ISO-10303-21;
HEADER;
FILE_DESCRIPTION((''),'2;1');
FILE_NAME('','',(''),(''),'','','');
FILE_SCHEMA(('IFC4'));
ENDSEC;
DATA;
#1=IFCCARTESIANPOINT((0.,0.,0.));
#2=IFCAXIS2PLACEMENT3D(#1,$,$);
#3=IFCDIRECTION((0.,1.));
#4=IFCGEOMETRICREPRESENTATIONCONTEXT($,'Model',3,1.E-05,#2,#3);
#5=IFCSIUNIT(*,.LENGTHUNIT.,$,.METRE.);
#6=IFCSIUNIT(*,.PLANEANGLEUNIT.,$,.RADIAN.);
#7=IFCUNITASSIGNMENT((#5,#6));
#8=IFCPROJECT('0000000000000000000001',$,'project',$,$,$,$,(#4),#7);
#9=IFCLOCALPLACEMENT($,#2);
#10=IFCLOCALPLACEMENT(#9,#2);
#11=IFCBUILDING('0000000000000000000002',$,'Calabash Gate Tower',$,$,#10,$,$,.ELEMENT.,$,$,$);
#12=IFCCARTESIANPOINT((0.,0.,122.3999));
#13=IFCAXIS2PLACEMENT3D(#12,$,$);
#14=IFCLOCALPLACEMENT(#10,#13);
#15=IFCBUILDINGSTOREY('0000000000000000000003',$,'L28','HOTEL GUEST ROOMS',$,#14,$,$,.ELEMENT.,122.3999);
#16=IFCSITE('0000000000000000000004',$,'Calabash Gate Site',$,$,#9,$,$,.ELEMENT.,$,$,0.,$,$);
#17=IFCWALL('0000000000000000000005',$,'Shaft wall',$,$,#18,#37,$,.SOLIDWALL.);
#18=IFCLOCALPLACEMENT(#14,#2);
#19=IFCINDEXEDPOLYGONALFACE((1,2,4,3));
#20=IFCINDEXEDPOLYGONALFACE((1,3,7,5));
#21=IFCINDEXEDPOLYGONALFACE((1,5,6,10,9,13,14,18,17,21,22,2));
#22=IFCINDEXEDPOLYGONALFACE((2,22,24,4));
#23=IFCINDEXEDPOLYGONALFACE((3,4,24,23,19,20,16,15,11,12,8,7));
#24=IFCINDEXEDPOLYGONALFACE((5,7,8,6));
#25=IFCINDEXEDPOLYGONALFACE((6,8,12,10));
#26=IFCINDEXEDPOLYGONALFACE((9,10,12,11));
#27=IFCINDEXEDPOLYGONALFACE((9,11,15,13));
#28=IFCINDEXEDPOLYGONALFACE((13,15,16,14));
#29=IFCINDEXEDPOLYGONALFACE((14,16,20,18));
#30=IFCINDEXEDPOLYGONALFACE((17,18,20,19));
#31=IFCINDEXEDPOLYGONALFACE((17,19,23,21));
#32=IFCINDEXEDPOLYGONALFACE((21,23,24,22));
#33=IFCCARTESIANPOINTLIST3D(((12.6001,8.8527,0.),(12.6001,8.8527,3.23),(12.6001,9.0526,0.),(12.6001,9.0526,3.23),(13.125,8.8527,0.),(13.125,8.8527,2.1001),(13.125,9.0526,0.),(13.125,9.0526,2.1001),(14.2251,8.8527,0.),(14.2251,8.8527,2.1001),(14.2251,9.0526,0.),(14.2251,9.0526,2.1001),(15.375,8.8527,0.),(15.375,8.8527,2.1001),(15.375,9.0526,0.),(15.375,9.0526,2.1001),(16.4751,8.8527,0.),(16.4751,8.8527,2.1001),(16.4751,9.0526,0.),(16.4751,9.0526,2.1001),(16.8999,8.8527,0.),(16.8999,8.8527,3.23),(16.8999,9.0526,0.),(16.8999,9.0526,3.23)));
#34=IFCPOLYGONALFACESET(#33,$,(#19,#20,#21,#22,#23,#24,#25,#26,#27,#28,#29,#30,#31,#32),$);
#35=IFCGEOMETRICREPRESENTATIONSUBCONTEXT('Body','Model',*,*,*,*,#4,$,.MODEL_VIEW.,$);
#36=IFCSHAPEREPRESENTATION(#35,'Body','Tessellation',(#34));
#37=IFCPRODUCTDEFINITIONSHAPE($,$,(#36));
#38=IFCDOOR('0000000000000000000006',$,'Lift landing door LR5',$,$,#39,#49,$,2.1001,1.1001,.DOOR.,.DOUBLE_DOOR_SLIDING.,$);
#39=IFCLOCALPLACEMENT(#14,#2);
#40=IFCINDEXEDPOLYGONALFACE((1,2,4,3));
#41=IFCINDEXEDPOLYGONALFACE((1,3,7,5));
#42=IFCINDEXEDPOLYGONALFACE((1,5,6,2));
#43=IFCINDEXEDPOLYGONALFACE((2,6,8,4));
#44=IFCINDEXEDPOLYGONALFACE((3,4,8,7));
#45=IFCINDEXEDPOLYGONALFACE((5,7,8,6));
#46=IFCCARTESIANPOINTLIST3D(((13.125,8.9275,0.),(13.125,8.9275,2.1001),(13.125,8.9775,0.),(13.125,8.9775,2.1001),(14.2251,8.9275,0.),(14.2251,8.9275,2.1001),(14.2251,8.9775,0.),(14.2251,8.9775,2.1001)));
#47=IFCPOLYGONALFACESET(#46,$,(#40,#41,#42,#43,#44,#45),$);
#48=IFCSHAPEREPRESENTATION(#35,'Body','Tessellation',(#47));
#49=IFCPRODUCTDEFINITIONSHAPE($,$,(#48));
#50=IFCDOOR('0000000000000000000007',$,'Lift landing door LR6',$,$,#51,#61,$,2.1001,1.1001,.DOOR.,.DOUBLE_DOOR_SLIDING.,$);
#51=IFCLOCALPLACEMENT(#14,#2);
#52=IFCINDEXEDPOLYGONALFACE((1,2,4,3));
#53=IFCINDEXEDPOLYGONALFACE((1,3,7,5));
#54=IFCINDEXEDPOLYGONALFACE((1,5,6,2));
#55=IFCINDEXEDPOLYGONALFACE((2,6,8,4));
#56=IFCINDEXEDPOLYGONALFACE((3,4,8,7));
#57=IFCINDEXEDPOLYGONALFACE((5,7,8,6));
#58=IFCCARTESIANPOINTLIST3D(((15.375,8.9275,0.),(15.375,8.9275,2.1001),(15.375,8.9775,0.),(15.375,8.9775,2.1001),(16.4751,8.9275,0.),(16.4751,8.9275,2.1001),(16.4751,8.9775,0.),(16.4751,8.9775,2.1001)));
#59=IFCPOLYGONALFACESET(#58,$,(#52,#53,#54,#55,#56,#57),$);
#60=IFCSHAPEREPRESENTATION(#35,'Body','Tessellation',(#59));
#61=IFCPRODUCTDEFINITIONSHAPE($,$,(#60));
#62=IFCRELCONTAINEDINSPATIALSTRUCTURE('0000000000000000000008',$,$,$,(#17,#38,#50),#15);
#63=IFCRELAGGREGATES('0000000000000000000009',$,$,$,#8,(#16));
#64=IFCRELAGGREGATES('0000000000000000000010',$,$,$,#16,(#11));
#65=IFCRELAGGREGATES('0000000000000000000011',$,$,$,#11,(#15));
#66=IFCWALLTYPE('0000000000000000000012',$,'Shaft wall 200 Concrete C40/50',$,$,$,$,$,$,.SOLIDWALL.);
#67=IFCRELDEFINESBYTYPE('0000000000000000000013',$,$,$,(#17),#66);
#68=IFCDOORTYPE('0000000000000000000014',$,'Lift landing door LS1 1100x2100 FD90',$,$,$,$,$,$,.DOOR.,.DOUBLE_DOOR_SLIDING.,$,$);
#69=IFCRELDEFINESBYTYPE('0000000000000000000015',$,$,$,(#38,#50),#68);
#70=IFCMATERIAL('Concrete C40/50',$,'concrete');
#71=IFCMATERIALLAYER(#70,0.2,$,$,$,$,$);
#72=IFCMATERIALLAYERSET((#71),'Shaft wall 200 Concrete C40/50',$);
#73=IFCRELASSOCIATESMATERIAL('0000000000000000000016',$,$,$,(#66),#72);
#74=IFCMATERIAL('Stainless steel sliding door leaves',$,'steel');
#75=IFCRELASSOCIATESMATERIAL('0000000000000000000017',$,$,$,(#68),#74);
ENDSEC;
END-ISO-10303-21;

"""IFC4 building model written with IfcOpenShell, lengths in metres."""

from ifc_helpers import new_model, si_unit, direction, frame, frame_2d, origin, place, context, subcontext, project, spatial, rectangle, extrude, material, layer, layer_set, type_object, element, fill, save


model = new_model("IFC4")

# Units and contexts
model_context = context("Model", 3, precision=1e-05, world=origin(), true_north=direction((0.0, 1.0)))
body_context = subcontext(model_context, "Body", "Model", "MODEL_VIEW")
ifc_project = project(units=[si_unit("LENGTHUNIT", "METRE"), si_unit("PLANEANGLEUNIT", "RADIAN")], contexts=[model_context])

# Site, building, storey
site_placement = place(None, origin())
site = spatial("IfcSite", under=ifc_project, at=site_placement, Name="Calabash Gate Site", CompositionType="ELEMENT", RefElevation=0.0)
building_placement = place(site_placement, origin())
building = spatial("IfcBuilding", under=site, at=building_placement, Name="Calabash Gate Tower", CompositionType="ELEMENT")
storey_placement = place(building_placement, frame((0.0, 0.0, 122.3999)))
storey = spatial("IfcBuildingStorey", under=building, at=storey_placement, Name="L28", Description="HOTEL GUEST ROOMS", CompositionType="ELEMENT", Elevation=122.3999)

# Shared definitions
ifc_material_1 = material(Name="Concrete C40/50", Category="concrete")
ifc_layer_1 = layer(ifc_material_1, 0.2)
ifc_layer_set_1 = layer_set([ifc_layer_1], Name="Shaft wall 200 Concrete C40/50")
wall_type_1 = type_object("IfcWallType", Name="Shaft wall 200 Concrete C40/50", PredefinedType="SOLIDWALL", material=ifc_layer_set_1)

# Wall, openings, doors
wall_1_placement = place(storey_placement, frame((12.6001, 8.9526, 0.0), z_axis=(0.0, 0.0, 1.0), x_axis=(1.0, 0.0, 0.0)))
wall_1 = element("IfcWall", 1, at=wall_1_placement, inside=storey, type_object=wall_type_1, Name="Shaft wall", PredefinedType="SOLIDWALL", context=body_context, shape_type="SweptSolid", body=[
    extrude(rectangle(XDim=4.2998, YDim=0.2, at=frame_2d((2.1499, 0.0))), origin(), (0.0, 0.0, 1.0), 3.23),
])
opening_1_placement = place(wall_1_placement, frame((0.5249, 0.0, 0.0)))
opening_1 = element("IfcOpeningElement", 2, at=opening_1_placement, cuts=wall_1, PredefinedType="OPENING", context=body_context, shape_type="SweptSolid", body=[
    extrude(rectangle(XDim=1.1001, YDim=2.1001, at=frame_2d((0.55, 1.05))), frame((0.0, 0.1099, 0.0), z_axis=(0.0, -1.0, 0.0), x_axis=(1.0, 0.0, 0.0)), (0.0, 0.0, 1.0), 0.22),
])
opening_2_placement = place(wall_1_placement, frame((2.7749, 0.0, 0.0)))
opening_2 = element("IfcOpeningElement", 3, at=opening_2_placement, cuts=wall_1, PredefinedType="OPENING", context=body_context, shape_type="SweptSolid", body=[
    extrude(rectangle(XDim=1.1001, YDim=2.1001, at=frame_2d((0.55, 1.05))), frame((0.0, 0.1099, 0.0), z_axis=(0.0, -1.0, 0.0), x_axis=(1.0, 0.0, 0.0)), (0.0, 0.0, 1.0), 0.22),
])
ifc_material_2 = material(Name="Stainless steel sliding door leaves", Category="steel")
door_type_1 = type_object("IfcDoorType", Name="Lift landing door LS1 1100x2100 FD90", OperationType="DOUBLE_DOOR_SLIDING", PredefinedType="DOOR", material=ifc_material_2)
door_1_placement = place(opening_1_placement, origin())
door_1 = element("IfcDoor", 4, at=door_1_placement, inside=storey, type_object=door_type_1, Name="Lift landing door LR5", OperationType="DOUBLE_DOOR_SLIDING", OverallHeight=2.1001, OverallWidth=1.1001, PredefinedType="DOOR", context=body_context, shape_type="SweptSolid", body=[
    extrude(rectangle(XDim=1.1001, YDim=2.1001, at=frame_2d((0.55, 1.05))), frame((0.0, 0.0249, 0.0), z_axis=(0.0, -1.0, 0.0), x_axis=(1.0, 0.0, 0.0)), (0.0, 0.0, 1.0), 0.05),
])
fill(opening_1, door_1)
door_2_placement = place(opening_2_placement, origin())
door_2 = element("IfcDoor", 5, at=door_2_placement, inside=storey, type_object=door_type_1, Name="Lift landing door LR6", OperationType="DOUBLE_DOOR_SLIDING", OverallHeight=2.1001, OverallWidth=1.1001, PredefinedType="DOOR", context=body_context, shape_type="SweptSolid", body=[
    extrude(rectangle(XDim=1.1001, YDim=2.1001, at=frame_2d((0.55, 1.05))), frame((0.0, 0.0249, 0.0), z_axis=(0.0, -1.0, 0.0), x_axis=(1.0, 0.0, 0.0)), (0.0, 0.0, 1.0), 0.05),
])
fill(opening_2, door_2)

save(model, "model.ifc")
